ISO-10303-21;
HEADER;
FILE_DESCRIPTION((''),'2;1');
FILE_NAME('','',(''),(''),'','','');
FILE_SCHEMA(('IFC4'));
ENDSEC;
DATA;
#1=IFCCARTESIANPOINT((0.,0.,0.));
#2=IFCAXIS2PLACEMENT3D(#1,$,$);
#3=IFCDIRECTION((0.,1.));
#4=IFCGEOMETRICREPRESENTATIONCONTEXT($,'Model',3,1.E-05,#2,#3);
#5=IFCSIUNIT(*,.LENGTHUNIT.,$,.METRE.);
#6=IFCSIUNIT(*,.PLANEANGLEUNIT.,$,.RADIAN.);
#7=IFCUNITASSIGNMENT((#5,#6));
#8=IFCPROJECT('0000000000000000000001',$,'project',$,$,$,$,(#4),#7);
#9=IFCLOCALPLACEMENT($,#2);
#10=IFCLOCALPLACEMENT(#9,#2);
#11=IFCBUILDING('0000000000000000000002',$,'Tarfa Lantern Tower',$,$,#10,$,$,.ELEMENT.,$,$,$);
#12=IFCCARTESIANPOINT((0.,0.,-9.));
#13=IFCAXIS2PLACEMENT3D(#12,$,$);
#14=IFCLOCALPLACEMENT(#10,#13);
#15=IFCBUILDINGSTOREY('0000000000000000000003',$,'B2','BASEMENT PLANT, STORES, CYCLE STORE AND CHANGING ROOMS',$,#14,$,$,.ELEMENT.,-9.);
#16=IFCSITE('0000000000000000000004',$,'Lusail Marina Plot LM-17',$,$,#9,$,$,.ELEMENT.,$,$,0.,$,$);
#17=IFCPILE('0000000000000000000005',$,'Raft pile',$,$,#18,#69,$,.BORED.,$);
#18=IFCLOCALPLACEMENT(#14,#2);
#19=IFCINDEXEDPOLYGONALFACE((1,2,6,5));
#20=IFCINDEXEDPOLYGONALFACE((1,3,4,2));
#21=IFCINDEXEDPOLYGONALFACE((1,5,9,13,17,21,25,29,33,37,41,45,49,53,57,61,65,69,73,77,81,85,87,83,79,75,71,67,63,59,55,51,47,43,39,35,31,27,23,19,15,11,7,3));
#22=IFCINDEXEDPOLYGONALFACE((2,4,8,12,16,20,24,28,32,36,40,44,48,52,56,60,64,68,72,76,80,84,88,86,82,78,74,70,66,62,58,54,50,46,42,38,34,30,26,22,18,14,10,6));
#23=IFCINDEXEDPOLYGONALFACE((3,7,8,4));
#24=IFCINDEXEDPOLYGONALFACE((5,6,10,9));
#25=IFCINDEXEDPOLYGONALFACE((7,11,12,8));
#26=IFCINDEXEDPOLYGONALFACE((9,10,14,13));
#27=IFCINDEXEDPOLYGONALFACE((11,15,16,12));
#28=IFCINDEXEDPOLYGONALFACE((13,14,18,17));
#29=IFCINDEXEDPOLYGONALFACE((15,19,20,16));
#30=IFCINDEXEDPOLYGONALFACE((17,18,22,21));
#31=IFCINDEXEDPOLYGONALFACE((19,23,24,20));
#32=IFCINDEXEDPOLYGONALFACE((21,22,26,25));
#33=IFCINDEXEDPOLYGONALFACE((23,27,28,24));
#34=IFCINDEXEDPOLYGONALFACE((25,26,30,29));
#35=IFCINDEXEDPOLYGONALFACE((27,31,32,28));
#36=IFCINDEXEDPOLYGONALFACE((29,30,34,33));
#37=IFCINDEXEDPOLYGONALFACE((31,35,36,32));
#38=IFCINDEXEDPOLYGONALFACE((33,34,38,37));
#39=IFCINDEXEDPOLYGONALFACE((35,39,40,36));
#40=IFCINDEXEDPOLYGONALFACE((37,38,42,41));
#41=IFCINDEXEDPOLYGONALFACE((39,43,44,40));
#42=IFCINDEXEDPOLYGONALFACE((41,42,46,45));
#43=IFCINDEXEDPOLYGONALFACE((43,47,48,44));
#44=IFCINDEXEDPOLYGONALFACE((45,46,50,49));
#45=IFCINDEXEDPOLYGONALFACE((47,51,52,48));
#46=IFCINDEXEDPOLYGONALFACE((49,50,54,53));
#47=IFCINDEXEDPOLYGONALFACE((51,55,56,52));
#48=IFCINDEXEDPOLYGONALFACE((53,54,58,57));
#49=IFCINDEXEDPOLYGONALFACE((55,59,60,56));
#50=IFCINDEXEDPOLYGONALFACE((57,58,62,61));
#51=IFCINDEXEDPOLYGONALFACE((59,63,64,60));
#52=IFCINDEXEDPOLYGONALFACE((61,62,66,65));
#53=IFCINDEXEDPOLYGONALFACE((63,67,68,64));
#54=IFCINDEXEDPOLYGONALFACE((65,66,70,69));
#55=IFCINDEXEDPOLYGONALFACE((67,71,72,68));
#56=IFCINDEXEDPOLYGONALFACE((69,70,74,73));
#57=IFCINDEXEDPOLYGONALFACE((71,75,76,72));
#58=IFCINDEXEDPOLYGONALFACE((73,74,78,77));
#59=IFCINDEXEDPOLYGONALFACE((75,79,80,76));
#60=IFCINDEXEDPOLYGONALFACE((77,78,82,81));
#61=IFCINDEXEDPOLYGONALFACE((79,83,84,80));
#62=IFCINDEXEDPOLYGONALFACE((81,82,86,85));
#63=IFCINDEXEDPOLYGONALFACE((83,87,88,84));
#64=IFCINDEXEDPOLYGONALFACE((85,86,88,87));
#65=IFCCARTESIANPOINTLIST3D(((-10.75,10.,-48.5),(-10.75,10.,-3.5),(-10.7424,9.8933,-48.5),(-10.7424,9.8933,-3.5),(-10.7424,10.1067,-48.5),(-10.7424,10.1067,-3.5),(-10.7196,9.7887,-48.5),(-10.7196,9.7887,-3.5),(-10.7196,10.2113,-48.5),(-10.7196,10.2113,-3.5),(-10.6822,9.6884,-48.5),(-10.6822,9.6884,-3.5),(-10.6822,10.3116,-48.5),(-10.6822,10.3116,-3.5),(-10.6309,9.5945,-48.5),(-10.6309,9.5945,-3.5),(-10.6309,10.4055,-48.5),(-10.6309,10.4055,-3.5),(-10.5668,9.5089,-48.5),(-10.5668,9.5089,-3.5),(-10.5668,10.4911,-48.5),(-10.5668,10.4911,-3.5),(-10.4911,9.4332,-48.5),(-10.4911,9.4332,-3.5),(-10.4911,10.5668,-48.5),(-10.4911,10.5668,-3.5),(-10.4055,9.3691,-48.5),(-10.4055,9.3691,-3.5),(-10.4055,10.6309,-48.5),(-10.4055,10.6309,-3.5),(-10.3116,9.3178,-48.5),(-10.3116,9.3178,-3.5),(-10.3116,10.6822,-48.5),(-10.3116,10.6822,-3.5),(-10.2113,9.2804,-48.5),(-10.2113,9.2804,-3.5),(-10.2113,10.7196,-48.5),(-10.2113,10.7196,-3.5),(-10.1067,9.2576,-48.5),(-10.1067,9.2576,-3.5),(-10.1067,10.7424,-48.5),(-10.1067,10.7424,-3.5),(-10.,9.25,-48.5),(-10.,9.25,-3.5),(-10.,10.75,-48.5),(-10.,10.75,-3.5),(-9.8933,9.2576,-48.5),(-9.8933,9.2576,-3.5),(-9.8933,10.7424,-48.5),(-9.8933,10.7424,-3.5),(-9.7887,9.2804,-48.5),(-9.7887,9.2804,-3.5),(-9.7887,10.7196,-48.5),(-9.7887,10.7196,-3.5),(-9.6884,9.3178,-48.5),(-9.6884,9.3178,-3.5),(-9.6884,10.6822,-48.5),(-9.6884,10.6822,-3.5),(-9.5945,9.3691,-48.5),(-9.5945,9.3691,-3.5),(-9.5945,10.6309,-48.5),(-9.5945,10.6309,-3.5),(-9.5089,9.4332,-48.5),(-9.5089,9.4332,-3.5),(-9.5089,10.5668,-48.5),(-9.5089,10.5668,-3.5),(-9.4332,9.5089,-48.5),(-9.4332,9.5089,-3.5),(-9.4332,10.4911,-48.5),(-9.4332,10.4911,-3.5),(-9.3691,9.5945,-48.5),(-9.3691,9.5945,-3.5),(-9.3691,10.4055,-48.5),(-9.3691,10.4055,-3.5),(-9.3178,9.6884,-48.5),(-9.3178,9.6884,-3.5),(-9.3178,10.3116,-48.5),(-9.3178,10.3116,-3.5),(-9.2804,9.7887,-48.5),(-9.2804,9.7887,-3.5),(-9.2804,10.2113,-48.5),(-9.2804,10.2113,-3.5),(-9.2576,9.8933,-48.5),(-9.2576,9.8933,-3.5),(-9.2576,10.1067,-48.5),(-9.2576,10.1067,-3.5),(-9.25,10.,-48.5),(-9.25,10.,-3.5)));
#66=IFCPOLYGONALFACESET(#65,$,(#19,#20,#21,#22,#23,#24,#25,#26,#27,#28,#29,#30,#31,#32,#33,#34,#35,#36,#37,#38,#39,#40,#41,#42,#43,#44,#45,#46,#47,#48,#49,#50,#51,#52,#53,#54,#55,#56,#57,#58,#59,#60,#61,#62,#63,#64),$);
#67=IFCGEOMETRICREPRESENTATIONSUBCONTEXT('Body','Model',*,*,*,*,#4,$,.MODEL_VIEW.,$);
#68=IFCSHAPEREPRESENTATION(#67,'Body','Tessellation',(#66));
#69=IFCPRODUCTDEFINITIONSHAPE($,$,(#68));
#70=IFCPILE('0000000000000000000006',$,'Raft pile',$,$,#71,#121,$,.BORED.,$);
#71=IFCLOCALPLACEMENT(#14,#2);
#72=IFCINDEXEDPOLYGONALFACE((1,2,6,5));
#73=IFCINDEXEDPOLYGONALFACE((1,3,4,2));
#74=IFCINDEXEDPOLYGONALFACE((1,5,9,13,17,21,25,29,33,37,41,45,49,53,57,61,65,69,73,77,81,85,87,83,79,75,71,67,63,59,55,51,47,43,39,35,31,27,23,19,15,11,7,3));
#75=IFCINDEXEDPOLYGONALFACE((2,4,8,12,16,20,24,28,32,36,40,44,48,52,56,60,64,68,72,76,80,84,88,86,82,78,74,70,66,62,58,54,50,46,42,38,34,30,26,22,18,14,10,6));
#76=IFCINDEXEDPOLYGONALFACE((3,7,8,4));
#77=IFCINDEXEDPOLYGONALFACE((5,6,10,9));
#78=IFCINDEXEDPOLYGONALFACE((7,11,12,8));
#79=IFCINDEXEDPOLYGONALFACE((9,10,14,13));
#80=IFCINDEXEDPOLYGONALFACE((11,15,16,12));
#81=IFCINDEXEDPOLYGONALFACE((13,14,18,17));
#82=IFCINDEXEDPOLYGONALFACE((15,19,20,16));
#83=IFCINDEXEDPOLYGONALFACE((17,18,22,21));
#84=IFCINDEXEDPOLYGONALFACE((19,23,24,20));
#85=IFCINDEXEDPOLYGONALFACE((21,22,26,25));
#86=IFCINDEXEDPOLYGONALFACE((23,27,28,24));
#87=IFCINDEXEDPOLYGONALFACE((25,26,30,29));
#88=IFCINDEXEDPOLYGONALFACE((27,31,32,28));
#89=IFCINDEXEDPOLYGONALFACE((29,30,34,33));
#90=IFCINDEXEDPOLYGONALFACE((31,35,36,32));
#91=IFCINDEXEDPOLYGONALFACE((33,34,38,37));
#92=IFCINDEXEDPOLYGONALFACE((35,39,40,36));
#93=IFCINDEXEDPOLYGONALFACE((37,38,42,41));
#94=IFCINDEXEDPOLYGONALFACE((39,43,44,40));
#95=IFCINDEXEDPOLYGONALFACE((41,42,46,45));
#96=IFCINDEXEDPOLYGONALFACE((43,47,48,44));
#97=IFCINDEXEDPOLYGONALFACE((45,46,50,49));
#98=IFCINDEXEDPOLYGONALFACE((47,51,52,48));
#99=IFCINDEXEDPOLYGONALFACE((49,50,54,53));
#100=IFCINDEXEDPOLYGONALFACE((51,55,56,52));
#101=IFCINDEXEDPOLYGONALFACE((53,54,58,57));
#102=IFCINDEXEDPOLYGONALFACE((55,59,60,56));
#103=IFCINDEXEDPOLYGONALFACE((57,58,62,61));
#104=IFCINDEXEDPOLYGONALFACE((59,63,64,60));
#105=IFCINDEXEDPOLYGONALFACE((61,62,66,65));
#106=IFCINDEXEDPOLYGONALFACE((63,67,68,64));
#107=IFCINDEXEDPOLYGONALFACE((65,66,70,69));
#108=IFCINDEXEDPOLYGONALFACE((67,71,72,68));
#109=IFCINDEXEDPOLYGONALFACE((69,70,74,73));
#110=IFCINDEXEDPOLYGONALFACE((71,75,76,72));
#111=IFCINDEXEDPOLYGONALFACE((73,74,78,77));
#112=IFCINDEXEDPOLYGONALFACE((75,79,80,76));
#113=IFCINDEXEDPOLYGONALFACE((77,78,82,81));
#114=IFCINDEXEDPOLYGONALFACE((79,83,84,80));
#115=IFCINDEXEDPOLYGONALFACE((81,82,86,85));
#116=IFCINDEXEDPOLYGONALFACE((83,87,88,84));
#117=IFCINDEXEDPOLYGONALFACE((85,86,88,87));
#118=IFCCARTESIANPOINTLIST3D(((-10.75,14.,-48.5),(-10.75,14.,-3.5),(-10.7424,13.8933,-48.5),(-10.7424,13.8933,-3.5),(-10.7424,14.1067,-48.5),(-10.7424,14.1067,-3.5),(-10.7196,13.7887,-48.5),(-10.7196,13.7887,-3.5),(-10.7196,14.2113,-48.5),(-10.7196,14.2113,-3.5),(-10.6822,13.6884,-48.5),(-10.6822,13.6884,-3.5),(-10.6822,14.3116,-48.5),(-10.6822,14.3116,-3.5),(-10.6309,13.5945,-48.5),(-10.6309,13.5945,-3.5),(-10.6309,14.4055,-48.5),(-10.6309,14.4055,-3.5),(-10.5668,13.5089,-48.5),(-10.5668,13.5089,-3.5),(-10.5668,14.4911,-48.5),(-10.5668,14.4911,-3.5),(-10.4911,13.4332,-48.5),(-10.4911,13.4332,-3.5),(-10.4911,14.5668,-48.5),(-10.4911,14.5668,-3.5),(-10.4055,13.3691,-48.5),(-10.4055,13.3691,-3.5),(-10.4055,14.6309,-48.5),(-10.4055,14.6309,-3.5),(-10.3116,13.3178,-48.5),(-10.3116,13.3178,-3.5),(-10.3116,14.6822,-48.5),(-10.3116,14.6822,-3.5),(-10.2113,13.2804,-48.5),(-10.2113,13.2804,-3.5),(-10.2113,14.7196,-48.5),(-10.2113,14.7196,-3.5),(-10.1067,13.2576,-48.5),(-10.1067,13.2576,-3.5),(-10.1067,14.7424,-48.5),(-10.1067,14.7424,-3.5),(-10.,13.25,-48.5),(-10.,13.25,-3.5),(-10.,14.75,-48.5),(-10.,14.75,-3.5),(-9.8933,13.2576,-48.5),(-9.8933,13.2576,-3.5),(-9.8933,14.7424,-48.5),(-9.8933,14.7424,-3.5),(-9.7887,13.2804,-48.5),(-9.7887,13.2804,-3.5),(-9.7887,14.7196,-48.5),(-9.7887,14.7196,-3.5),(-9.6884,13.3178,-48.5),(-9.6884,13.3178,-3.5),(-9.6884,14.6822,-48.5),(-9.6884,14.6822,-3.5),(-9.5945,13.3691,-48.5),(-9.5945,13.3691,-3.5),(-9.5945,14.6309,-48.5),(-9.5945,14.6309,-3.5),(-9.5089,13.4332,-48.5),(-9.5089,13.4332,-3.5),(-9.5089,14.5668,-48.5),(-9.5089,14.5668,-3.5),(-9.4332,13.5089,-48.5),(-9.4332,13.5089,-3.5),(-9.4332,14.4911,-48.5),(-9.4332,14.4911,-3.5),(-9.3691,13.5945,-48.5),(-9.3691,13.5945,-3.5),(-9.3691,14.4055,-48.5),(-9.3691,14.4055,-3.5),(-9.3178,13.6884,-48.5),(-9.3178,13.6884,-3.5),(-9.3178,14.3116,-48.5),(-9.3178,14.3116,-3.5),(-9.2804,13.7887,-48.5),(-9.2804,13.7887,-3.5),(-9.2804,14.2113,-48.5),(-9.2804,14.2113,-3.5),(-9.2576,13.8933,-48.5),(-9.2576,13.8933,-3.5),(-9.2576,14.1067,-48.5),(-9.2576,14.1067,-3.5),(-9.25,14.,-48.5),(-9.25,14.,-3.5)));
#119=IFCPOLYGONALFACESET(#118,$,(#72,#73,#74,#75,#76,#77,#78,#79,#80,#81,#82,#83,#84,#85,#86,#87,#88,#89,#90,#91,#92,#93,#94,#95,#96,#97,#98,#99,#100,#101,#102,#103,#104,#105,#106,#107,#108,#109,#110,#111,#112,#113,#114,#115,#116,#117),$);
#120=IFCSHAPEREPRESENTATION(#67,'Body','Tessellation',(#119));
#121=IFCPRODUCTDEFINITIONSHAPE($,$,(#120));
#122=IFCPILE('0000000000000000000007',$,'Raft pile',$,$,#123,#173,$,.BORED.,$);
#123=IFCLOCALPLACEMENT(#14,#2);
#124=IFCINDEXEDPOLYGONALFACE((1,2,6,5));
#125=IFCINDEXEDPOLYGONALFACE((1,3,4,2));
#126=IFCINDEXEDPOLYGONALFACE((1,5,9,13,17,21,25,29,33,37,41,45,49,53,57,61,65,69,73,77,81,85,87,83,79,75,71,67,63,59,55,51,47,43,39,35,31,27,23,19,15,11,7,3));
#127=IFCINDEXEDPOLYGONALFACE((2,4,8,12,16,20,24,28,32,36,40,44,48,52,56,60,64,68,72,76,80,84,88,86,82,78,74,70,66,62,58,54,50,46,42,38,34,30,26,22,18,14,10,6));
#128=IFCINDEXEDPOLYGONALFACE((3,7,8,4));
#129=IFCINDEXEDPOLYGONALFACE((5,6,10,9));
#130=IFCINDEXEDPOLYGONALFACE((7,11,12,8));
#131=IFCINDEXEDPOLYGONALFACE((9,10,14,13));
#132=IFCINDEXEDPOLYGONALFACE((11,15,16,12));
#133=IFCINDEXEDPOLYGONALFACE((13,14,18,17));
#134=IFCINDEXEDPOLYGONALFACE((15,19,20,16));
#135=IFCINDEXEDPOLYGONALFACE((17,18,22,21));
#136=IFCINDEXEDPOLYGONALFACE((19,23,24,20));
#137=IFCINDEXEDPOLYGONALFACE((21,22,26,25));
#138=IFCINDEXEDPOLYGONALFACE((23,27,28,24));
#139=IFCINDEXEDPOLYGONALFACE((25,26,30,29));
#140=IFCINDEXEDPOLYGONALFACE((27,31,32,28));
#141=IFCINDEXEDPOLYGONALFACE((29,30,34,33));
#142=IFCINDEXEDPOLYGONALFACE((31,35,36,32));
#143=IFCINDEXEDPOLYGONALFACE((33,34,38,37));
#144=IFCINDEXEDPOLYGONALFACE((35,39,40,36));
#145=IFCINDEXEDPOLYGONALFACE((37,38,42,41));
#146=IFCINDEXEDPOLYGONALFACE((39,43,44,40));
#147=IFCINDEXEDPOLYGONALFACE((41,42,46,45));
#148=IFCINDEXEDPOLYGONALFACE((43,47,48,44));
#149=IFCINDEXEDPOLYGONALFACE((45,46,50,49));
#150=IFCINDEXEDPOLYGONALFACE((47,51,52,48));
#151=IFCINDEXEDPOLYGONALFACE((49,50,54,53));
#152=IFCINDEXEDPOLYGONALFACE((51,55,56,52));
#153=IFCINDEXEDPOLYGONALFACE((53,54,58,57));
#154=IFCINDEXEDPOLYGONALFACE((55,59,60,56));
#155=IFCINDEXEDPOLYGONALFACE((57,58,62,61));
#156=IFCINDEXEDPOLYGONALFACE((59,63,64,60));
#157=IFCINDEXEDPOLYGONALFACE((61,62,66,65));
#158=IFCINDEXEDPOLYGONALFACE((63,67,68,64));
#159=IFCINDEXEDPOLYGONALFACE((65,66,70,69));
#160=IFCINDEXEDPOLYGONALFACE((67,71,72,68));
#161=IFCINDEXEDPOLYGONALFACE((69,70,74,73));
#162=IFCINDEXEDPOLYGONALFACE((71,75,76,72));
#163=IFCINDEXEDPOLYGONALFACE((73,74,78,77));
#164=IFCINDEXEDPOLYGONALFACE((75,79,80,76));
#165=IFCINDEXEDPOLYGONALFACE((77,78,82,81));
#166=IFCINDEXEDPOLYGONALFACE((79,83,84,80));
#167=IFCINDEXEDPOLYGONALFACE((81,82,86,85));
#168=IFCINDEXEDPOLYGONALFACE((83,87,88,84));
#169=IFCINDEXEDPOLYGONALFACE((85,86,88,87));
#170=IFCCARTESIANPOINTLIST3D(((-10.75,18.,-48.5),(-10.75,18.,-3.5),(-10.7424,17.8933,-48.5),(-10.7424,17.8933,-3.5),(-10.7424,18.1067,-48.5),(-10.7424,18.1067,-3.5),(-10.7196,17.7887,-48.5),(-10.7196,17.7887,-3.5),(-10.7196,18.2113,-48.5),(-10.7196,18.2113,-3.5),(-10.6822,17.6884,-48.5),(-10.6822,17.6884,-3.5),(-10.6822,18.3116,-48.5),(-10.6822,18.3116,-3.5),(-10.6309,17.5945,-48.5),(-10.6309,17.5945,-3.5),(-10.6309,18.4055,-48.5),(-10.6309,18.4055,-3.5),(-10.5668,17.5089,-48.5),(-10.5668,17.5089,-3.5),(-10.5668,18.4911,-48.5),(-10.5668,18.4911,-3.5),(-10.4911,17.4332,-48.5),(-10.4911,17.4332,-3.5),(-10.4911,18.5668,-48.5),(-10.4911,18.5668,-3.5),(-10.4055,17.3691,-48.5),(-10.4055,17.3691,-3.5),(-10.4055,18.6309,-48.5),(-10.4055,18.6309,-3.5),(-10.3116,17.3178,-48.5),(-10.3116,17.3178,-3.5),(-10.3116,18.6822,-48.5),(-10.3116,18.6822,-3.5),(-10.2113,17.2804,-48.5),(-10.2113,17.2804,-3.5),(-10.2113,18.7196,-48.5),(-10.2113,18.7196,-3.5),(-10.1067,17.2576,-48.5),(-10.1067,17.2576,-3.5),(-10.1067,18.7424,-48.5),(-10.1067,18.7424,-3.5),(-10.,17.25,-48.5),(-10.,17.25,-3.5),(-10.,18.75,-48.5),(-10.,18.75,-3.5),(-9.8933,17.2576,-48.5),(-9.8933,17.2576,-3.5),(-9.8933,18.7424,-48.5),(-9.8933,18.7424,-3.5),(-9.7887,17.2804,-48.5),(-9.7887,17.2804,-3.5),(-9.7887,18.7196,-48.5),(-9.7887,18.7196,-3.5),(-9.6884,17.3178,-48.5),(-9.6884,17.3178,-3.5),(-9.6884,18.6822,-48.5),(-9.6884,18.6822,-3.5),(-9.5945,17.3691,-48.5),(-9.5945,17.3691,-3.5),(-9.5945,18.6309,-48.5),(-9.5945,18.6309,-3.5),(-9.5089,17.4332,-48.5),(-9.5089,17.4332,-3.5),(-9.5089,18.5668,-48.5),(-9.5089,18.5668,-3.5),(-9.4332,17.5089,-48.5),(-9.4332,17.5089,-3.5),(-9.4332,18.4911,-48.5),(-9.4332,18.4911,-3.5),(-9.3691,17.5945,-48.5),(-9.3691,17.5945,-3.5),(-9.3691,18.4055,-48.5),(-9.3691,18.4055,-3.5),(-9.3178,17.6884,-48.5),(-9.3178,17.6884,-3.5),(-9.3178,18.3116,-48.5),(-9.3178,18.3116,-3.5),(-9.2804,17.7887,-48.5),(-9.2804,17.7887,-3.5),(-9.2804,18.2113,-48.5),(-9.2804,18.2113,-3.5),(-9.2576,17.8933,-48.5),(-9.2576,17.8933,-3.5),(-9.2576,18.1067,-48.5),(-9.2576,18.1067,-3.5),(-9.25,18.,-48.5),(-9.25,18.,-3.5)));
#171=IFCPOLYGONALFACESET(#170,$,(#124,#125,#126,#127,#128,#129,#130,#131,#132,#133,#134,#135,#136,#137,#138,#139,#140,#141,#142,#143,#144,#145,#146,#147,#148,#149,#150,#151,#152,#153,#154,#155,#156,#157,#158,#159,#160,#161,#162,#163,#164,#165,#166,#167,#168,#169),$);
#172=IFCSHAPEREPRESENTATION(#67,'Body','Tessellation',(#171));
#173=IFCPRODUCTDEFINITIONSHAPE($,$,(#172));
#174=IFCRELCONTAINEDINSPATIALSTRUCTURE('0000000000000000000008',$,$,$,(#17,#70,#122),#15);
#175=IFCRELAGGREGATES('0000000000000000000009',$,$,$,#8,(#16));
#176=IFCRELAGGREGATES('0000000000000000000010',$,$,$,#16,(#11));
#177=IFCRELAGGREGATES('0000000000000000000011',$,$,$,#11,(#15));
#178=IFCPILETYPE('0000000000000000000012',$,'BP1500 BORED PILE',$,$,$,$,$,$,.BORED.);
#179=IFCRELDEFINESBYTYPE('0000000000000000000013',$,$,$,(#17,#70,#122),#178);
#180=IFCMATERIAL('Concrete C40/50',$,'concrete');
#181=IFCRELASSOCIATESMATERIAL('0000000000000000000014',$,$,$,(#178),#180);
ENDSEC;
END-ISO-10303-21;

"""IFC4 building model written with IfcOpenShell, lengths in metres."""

from ifc_helpers import new_model, si_unit, direction, frame, origin, origin_2d, place, context, subcontext, project, spatial, circle, extrude, material, material_profile, profile_set, type_object, element, save


model = new_model("IFC4")

# Units and contexts
model_context = context("Model", 3, precision=1e-05, world=origin(), true_north=direction((0.0, 1.0)))
body_context = subcontext(model_context, "Body", "Model", "MODEL_VIEW")
ifc_project = project(units=[si_unit("LENGTHUNIT", "METRE"), si_unit("PLANEANGLEUNIT", "RADIAN")], contexts=[model_context])

# Site, building, storey
site_placement = place(None, origin())
site = spatial("IfcSite", under=ifc_project, at=site_placement, Name="Lusail Marina Plot LM-17", CompositionType="ELEMENT", RefElevation=0.0)
building_placement = place(site_placement, origin())
building = spatial("IfcBuilding", under=site, at=building_placement, Name="Tarfa Lantern Tower", CompositionType="ELEMENT")
storey_placement = place(building_placement, frame((0.0, 0.0, -9.0)))
storey = spatial("IfcBuildingStorey", under=building, at=storey_placement, Name="B2", Description="BASEMENT PLANT, STORES, CYCLE STORE AND CHANGING ROOMS", CompositionType="ELEMENT", Elevation=-9.0)

# Piles
ifc_material_1 = material(Name="Concrete C40/50", Category="concrete")
ifc_material_profile = material_profile(ifc_material_1, circle(Radius=0.75, at=origin_2d()), Name="BORED PILE D1500")
ifc_profile_set = profile_set([ifc_material_profile], Name="Concrete C40/50")
pile_type = type_object("IfcPileType", Name="BP1500 BORED PILE", PredefinedType="BORED", material=ifc_profile_set)
for number, where, z_axis, x_axis, name in (
    (1, (-10.0, 10.0, -3.5), (0.0, 0.0, -1.0), (1.0, 0.0, 0.0), "Raft pile"),
    (2, (-10.0, 14.0, -3.5), (0.0, 0.0, -1.0), (1.0, 0.0, 0.0), "Raft pile"),
    (3, (-10.0, 18.0, -3.5), (0.0, 0.0, -1.0), (1.0, 0.0, 0.0), "Raft pile"),
):
    element("IfcPile", number, at=place(storey_placement, frame(where, z_axis=z_axis, x_axis=x_axis)), inside=storey, type_object=pile_type, Name=name, PredefinedType="BORED", context=body_context, shape_type="SweptSolid", body=[
        extrude(circle(Radius=0.75, at=origin_2d()), origin(), (0.0, 0.0, 1.0), 45.0),
    ])

save(model, "model.ifc")
